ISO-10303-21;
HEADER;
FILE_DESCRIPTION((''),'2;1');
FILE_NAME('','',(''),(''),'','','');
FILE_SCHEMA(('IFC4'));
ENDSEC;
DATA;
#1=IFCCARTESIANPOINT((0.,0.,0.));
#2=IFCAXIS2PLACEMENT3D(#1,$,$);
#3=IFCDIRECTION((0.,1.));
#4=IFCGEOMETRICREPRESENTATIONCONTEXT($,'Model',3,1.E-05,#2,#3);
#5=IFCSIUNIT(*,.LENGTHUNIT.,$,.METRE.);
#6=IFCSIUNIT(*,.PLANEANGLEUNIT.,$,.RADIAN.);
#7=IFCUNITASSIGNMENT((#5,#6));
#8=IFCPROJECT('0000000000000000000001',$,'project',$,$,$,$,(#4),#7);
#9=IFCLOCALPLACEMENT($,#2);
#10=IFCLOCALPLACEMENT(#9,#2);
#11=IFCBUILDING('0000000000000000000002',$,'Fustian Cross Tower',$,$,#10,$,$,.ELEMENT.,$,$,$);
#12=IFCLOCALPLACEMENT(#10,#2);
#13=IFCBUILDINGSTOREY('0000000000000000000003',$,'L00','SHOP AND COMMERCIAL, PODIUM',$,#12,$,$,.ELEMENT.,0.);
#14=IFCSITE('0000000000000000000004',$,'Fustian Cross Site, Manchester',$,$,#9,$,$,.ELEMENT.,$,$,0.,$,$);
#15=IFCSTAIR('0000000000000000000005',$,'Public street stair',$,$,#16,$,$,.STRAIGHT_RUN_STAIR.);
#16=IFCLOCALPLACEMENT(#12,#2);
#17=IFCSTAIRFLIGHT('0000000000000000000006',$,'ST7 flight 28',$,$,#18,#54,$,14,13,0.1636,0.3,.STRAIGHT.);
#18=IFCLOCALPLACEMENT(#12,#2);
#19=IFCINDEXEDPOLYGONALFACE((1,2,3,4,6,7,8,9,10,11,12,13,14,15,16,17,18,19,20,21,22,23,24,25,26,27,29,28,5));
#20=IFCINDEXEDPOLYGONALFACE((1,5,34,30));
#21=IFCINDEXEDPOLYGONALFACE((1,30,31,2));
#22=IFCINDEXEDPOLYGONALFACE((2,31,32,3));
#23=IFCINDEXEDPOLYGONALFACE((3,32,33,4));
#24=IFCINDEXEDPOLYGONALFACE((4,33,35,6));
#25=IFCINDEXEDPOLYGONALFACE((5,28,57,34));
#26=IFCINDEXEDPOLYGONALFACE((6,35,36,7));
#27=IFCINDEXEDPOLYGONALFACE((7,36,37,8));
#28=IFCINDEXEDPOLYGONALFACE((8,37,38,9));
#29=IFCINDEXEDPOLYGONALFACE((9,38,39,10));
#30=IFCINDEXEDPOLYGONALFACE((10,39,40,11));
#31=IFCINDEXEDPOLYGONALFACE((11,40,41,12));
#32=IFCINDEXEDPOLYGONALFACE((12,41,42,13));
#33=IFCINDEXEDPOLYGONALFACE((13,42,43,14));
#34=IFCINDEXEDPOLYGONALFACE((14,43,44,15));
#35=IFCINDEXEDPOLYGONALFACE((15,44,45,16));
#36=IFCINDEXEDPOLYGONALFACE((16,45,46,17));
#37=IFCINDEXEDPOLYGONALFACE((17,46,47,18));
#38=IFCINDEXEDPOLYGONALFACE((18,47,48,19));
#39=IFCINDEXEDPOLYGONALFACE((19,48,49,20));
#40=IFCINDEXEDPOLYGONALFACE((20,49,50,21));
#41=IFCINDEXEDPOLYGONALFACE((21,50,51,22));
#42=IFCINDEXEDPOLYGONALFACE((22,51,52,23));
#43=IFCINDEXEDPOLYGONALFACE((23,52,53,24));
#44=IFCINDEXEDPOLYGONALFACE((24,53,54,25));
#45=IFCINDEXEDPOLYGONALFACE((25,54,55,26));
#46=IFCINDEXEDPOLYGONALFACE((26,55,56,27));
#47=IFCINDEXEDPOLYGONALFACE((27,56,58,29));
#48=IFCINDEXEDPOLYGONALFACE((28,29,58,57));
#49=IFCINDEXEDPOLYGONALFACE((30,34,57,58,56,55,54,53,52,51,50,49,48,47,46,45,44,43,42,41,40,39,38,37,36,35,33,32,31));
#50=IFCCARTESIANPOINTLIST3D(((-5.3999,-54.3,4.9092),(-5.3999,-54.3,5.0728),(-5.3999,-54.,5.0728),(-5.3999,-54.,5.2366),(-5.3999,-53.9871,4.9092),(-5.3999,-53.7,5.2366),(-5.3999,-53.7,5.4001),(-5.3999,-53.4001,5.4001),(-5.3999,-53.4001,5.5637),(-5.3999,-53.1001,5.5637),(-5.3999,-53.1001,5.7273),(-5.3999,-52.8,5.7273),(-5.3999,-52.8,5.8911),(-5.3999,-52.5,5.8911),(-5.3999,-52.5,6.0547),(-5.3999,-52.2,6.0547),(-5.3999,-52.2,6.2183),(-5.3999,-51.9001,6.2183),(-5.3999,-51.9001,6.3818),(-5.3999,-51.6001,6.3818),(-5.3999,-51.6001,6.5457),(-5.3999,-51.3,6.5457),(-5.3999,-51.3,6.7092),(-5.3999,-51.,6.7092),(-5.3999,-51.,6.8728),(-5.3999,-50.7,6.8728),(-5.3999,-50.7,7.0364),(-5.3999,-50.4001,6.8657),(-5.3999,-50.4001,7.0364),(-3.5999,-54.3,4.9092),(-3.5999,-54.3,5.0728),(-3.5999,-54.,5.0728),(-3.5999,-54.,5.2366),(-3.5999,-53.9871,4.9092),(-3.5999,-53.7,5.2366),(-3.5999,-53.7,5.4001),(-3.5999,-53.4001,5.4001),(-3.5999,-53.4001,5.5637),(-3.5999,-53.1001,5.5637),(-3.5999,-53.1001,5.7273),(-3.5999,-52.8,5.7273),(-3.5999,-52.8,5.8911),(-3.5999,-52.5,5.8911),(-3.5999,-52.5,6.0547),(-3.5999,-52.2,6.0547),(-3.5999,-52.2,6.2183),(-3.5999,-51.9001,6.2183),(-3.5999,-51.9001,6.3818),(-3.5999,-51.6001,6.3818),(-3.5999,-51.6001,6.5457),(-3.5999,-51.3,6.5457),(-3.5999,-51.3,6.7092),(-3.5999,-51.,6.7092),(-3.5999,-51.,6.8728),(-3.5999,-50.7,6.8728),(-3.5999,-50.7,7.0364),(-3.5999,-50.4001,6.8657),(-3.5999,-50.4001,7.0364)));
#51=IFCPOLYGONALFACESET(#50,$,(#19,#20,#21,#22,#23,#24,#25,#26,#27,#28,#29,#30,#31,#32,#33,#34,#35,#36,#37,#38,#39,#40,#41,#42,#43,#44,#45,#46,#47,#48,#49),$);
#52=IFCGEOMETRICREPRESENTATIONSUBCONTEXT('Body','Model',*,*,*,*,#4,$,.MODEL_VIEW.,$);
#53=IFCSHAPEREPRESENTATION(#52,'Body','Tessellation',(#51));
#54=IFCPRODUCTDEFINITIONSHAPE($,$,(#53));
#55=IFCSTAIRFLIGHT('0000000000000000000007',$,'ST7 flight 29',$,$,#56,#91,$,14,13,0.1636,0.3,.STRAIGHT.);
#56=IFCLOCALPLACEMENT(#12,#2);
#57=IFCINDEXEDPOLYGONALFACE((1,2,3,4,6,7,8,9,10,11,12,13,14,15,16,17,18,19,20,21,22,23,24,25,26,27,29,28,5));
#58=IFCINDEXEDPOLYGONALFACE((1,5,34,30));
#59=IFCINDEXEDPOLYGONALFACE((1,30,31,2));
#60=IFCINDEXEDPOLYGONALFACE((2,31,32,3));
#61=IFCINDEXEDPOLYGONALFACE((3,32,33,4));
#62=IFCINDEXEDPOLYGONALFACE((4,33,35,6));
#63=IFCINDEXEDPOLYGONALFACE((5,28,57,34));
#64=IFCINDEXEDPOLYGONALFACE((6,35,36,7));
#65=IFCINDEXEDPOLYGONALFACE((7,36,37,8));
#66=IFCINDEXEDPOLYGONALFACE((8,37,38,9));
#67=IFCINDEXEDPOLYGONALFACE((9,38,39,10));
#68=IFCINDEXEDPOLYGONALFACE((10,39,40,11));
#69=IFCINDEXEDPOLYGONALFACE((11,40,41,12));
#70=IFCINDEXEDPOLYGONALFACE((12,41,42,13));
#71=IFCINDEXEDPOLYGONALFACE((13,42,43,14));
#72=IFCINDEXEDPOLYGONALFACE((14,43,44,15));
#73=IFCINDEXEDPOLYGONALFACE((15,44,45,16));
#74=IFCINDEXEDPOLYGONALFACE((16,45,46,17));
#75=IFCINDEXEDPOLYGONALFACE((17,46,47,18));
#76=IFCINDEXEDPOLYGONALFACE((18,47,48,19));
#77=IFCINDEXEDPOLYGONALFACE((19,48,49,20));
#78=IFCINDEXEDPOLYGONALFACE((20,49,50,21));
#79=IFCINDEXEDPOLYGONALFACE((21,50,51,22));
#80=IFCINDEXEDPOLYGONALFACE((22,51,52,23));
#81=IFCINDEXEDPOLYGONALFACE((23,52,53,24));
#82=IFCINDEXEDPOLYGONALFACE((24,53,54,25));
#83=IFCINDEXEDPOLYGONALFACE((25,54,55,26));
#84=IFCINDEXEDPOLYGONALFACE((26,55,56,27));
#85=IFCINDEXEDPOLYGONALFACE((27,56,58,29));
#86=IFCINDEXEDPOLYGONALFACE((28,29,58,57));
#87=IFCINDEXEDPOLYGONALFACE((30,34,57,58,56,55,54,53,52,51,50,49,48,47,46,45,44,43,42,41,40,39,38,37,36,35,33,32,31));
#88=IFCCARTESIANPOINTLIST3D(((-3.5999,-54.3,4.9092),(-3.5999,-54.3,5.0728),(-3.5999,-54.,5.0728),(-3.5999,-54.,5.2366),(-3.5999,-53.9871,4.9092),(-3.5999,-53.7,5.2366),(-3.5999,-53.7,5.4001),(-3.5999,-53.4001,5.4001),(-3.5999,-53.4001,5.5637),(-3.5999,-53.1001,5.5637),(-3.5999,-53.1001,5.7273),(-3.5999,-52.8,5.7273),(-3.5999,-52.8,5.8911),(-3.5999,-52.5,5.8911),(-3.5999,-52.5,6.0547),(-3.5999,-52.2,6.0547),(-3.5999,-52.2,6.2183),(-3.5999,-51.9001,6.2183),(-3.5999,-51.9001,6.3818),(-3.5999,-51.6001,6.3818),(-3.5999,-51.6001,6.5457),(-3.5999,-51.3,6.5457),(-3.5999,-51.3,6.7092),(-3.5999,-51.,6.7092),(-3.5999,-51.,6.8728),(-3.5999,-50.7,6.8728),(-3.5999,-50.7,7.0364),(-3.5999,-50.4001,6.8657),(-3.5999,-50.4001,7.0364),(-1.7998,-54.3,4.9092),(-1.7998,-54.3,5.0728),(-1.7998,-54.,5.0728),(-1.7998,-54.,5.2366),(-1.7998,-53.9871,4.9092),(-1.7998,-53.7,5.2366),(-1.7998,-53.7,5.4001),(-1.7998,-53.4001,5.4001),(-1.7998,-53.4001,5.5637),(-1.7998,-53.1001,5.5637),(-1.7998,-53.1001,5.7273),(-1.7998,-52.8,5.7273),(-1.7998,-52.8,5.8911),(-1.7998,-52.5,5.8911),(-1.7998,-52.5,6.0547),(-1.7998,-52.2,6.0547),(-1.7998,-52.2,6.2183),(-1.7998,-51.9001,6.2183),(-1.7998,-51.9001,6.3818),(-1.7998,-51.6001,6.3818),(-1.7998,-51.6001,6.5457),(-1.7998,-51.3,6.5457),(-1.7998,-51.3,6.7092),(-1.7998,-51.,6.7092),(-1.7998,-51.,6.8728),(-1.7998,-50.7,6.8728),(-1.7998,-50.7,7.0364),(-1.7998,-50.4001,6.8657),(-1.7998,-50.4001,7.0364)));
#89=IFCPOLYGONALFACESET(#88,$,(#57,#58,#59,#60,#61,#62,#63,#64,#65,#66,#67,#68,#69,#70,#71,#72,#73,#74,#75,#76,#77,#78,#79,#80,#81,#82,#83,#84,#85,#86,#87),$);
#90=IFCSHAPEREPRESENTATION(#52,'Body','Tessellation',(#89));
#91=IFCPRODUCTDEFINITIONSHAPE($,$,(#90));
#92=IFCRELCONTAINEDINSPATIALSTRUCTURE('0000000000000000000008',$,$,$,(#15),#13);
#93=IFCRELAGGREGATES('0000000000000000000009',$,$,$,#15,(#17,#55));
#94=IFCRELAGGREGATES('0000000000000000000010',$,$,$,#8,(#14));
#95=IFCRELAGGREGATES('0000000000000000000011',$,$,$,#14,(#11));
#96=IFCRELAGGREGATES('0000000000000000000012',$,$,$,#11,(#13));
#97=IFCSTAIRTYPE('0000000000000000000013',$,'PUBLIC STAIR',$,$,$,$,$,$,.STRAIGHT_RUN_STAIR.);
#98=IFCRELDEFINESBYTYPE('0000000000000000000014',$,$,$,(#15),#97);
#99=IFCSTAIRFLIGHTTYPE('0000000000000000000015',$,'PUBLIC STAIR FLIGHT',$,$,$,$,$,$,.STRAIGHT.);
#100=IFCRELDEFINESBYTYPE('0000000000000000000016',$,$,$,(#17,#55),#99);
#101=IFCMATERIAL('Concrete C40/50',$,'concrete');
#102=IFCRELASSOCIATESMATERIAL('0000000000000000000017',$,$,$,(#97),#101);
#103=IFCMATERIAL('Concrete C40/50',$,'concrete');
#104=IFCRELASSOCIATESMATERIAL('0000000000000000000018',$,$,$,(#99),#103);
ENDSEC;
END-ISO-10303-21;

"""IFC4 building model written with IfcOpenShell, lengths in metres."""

from ifc_helpers import new_model, si_unit, direction, frame, origin, place, context, subcontext, project, spatial, polyline, outline, extrude, material, type_object, element, aggregate, save


model = new_model("IFC4")

# Units and contexts
model_context = context("Model", 3, precision=1e-05, world=origin(), true_north=direction((0.0, 1.0)))
body_context = subcontext(model_context, "Body", "Model", "MODEL_VIEW")
ifc_project = project(units=[si_unit("LENGTHUNIT", "METRE"), si_unit("PLANEANGLEUNIT", "RADIAN")], contexts=[model_context])

# Site, building, storey
site_placement = place(None, origin())
site = spatial("IfcSite", under=ifc_project, at=site_placement, Name="Fustian Cross Site, Manchester", CompositionType="ELEMENT", RefElevation=0.0)
building_placement = place(site_placement, origin())
building = spatial("IfcBuilding", under=site, at=building_placement, Name="Fustian Cross Tower", CompositionType="ELEMENT")
storey_placement = place(building_placement, origin())
storey = spatial("IfcBuildingStorey", under=building, at=storey_placement, Name="L00", Description="SHOP AND COMMERCIAL, PODIUM", CompositionType="ELEMENT", Elevation=0.0)

# Stair, stair flights
ifc_material_1 = material(Name="Concrete C40/50", Category="concrete")
stair_type = type_object("IfcStairType", Name="PUBLIC STAIR", PredefinedType="STRAIGHT_RUN_STAIR", material=ifc_material_1)
stair_placement = place(storey_placement, origin())
stair = element("IfcStair", 1, at=stair_placement, inside=storey, type_object=stair_type, Name="Public street stair", PredefinedType="STRAIGHT_RUN_STAIR")
ifc_material_2 = material(Name="Concrete C40/50", Category="concrete")
stair_flight_type = type_object("IfcStairFlightType", Name="PUBLIC STAIR FLIGHT", PredefinedType="STRAIGHT", material=ifc_material_2)
stair_flight_1_placement = place(storey_placement, frame((-4.5, -54.3, 4.9092), z_axis=(0.0, 0.0, 1.0), x_axis=(0.0, 1.0, 0.0)))
stair_flight_1 = element("IfcStairFlight", 2, at=stair_flight_1_placement, type_object=stair_flight_type, Name="ST7 flight 28", NumberOfRisers=14, NumberOfTreads=13, PredefinedType="STRAIGHT", RiserHeight=0.1636, TreadLength=0.3, context=body_context, shape_type="SweptSolid", body=[
    extrude(outline(polyline([(0.0, 0.0), (0.0, 0.1636), (0.3, 0.1636), (0.3, 0.3274), (0.6001, 0.3274), (0.6001, 0.491), (0.8999, 0.491), (0.8999, 0.6545), (1.2, 0.6545), (1.2, 0.8181), (1.5, 0.8181), (1.5, 0.9819), (1.8, 0.9819), (1.8, 1.1455), (2.1001, 1.1455), (2.1001, 1.3091), (2.3999, 1.3091), (2.3999, 1.4727), (2.7, 1.4727), (2.7, 1.6365), (3.0, 1.6365), (3.0, 1.8), (3.3, 1.8), (3.3, 1.9636), (3.6001, 1.9636), (3.6001, 2.1272), (3.8999, 2.1272), (3.8999, 2.291), (3.8999, 1.9565), (0.313, 0.0), (0.0, 0.0)])), frame((0.0, 0.8999, 0.0), z_axis=(0.0, -1.0, 0.0), x_axis=(1.0, 0.0, 0.0)), (0.0, 0.0, 1.0), 1.8),
])
stair_flight_2_placement = place(storey_placement, frame((-2.7, -54.3, 4.9092), z_axis=(0.0, 0.0, 1.0), x_axis=(0.0, 1.0, 0.0)))
stair_flight_2 = element("IfcStairFlight", 3, at=stair_flight_2_placement, type_object=stair_flight_type, Name="ST7 flight 29", NumberOfRisers=14, NumberOfTreads=13, PredefinedType="STRAIGHT", RiserHeight=0.1636, TreadLength=0.3, context=body_context, shape_type="SweptSolid", body=[
    extrude(outline(polyline([(0.0, 0.0), (0.0, 0.1636), (0.3, 0.1636), (0.3, 0.3274), (0.6001, 0.3274), (0.6001, 0.491), (0.8999, 0.491), (0.8999, 0.6545), (1.2, 0.6545), (1.2, 0.8181), (1.5, 0.8181), (1.5, 0.9819), (1.8, 0.9819), (1.8, 1.1455), (2.1001, 1.1455), (2.1001, 1.3091), (2.3999, 1.3091), (2.3999, 1.4727), (2.7, 1.4727), (2.7, 1.6365), (3.0, 1.6365), (3.0, 1.8), (3.3, 1.8), (3.3, 1.9636), (3.6001, 1.9636), (3.6001, 2.1272), (3.8999, 2.1272), (3.8999, 2.291), (3.8999, 1.9565), (0.313, 0.0), (0.0, 0.0)])), frame((0.0, 0.8999, 0.0), z_axis=(0.0, -1.0, 0.0), x_axis=(1.0, 0.0, 0.0)), (0.0, 0.0, 1.0), 1.8),
])
aggregate(stair, [stair_flight_1, stair_flight_2])

save(model, "model.ifc")
